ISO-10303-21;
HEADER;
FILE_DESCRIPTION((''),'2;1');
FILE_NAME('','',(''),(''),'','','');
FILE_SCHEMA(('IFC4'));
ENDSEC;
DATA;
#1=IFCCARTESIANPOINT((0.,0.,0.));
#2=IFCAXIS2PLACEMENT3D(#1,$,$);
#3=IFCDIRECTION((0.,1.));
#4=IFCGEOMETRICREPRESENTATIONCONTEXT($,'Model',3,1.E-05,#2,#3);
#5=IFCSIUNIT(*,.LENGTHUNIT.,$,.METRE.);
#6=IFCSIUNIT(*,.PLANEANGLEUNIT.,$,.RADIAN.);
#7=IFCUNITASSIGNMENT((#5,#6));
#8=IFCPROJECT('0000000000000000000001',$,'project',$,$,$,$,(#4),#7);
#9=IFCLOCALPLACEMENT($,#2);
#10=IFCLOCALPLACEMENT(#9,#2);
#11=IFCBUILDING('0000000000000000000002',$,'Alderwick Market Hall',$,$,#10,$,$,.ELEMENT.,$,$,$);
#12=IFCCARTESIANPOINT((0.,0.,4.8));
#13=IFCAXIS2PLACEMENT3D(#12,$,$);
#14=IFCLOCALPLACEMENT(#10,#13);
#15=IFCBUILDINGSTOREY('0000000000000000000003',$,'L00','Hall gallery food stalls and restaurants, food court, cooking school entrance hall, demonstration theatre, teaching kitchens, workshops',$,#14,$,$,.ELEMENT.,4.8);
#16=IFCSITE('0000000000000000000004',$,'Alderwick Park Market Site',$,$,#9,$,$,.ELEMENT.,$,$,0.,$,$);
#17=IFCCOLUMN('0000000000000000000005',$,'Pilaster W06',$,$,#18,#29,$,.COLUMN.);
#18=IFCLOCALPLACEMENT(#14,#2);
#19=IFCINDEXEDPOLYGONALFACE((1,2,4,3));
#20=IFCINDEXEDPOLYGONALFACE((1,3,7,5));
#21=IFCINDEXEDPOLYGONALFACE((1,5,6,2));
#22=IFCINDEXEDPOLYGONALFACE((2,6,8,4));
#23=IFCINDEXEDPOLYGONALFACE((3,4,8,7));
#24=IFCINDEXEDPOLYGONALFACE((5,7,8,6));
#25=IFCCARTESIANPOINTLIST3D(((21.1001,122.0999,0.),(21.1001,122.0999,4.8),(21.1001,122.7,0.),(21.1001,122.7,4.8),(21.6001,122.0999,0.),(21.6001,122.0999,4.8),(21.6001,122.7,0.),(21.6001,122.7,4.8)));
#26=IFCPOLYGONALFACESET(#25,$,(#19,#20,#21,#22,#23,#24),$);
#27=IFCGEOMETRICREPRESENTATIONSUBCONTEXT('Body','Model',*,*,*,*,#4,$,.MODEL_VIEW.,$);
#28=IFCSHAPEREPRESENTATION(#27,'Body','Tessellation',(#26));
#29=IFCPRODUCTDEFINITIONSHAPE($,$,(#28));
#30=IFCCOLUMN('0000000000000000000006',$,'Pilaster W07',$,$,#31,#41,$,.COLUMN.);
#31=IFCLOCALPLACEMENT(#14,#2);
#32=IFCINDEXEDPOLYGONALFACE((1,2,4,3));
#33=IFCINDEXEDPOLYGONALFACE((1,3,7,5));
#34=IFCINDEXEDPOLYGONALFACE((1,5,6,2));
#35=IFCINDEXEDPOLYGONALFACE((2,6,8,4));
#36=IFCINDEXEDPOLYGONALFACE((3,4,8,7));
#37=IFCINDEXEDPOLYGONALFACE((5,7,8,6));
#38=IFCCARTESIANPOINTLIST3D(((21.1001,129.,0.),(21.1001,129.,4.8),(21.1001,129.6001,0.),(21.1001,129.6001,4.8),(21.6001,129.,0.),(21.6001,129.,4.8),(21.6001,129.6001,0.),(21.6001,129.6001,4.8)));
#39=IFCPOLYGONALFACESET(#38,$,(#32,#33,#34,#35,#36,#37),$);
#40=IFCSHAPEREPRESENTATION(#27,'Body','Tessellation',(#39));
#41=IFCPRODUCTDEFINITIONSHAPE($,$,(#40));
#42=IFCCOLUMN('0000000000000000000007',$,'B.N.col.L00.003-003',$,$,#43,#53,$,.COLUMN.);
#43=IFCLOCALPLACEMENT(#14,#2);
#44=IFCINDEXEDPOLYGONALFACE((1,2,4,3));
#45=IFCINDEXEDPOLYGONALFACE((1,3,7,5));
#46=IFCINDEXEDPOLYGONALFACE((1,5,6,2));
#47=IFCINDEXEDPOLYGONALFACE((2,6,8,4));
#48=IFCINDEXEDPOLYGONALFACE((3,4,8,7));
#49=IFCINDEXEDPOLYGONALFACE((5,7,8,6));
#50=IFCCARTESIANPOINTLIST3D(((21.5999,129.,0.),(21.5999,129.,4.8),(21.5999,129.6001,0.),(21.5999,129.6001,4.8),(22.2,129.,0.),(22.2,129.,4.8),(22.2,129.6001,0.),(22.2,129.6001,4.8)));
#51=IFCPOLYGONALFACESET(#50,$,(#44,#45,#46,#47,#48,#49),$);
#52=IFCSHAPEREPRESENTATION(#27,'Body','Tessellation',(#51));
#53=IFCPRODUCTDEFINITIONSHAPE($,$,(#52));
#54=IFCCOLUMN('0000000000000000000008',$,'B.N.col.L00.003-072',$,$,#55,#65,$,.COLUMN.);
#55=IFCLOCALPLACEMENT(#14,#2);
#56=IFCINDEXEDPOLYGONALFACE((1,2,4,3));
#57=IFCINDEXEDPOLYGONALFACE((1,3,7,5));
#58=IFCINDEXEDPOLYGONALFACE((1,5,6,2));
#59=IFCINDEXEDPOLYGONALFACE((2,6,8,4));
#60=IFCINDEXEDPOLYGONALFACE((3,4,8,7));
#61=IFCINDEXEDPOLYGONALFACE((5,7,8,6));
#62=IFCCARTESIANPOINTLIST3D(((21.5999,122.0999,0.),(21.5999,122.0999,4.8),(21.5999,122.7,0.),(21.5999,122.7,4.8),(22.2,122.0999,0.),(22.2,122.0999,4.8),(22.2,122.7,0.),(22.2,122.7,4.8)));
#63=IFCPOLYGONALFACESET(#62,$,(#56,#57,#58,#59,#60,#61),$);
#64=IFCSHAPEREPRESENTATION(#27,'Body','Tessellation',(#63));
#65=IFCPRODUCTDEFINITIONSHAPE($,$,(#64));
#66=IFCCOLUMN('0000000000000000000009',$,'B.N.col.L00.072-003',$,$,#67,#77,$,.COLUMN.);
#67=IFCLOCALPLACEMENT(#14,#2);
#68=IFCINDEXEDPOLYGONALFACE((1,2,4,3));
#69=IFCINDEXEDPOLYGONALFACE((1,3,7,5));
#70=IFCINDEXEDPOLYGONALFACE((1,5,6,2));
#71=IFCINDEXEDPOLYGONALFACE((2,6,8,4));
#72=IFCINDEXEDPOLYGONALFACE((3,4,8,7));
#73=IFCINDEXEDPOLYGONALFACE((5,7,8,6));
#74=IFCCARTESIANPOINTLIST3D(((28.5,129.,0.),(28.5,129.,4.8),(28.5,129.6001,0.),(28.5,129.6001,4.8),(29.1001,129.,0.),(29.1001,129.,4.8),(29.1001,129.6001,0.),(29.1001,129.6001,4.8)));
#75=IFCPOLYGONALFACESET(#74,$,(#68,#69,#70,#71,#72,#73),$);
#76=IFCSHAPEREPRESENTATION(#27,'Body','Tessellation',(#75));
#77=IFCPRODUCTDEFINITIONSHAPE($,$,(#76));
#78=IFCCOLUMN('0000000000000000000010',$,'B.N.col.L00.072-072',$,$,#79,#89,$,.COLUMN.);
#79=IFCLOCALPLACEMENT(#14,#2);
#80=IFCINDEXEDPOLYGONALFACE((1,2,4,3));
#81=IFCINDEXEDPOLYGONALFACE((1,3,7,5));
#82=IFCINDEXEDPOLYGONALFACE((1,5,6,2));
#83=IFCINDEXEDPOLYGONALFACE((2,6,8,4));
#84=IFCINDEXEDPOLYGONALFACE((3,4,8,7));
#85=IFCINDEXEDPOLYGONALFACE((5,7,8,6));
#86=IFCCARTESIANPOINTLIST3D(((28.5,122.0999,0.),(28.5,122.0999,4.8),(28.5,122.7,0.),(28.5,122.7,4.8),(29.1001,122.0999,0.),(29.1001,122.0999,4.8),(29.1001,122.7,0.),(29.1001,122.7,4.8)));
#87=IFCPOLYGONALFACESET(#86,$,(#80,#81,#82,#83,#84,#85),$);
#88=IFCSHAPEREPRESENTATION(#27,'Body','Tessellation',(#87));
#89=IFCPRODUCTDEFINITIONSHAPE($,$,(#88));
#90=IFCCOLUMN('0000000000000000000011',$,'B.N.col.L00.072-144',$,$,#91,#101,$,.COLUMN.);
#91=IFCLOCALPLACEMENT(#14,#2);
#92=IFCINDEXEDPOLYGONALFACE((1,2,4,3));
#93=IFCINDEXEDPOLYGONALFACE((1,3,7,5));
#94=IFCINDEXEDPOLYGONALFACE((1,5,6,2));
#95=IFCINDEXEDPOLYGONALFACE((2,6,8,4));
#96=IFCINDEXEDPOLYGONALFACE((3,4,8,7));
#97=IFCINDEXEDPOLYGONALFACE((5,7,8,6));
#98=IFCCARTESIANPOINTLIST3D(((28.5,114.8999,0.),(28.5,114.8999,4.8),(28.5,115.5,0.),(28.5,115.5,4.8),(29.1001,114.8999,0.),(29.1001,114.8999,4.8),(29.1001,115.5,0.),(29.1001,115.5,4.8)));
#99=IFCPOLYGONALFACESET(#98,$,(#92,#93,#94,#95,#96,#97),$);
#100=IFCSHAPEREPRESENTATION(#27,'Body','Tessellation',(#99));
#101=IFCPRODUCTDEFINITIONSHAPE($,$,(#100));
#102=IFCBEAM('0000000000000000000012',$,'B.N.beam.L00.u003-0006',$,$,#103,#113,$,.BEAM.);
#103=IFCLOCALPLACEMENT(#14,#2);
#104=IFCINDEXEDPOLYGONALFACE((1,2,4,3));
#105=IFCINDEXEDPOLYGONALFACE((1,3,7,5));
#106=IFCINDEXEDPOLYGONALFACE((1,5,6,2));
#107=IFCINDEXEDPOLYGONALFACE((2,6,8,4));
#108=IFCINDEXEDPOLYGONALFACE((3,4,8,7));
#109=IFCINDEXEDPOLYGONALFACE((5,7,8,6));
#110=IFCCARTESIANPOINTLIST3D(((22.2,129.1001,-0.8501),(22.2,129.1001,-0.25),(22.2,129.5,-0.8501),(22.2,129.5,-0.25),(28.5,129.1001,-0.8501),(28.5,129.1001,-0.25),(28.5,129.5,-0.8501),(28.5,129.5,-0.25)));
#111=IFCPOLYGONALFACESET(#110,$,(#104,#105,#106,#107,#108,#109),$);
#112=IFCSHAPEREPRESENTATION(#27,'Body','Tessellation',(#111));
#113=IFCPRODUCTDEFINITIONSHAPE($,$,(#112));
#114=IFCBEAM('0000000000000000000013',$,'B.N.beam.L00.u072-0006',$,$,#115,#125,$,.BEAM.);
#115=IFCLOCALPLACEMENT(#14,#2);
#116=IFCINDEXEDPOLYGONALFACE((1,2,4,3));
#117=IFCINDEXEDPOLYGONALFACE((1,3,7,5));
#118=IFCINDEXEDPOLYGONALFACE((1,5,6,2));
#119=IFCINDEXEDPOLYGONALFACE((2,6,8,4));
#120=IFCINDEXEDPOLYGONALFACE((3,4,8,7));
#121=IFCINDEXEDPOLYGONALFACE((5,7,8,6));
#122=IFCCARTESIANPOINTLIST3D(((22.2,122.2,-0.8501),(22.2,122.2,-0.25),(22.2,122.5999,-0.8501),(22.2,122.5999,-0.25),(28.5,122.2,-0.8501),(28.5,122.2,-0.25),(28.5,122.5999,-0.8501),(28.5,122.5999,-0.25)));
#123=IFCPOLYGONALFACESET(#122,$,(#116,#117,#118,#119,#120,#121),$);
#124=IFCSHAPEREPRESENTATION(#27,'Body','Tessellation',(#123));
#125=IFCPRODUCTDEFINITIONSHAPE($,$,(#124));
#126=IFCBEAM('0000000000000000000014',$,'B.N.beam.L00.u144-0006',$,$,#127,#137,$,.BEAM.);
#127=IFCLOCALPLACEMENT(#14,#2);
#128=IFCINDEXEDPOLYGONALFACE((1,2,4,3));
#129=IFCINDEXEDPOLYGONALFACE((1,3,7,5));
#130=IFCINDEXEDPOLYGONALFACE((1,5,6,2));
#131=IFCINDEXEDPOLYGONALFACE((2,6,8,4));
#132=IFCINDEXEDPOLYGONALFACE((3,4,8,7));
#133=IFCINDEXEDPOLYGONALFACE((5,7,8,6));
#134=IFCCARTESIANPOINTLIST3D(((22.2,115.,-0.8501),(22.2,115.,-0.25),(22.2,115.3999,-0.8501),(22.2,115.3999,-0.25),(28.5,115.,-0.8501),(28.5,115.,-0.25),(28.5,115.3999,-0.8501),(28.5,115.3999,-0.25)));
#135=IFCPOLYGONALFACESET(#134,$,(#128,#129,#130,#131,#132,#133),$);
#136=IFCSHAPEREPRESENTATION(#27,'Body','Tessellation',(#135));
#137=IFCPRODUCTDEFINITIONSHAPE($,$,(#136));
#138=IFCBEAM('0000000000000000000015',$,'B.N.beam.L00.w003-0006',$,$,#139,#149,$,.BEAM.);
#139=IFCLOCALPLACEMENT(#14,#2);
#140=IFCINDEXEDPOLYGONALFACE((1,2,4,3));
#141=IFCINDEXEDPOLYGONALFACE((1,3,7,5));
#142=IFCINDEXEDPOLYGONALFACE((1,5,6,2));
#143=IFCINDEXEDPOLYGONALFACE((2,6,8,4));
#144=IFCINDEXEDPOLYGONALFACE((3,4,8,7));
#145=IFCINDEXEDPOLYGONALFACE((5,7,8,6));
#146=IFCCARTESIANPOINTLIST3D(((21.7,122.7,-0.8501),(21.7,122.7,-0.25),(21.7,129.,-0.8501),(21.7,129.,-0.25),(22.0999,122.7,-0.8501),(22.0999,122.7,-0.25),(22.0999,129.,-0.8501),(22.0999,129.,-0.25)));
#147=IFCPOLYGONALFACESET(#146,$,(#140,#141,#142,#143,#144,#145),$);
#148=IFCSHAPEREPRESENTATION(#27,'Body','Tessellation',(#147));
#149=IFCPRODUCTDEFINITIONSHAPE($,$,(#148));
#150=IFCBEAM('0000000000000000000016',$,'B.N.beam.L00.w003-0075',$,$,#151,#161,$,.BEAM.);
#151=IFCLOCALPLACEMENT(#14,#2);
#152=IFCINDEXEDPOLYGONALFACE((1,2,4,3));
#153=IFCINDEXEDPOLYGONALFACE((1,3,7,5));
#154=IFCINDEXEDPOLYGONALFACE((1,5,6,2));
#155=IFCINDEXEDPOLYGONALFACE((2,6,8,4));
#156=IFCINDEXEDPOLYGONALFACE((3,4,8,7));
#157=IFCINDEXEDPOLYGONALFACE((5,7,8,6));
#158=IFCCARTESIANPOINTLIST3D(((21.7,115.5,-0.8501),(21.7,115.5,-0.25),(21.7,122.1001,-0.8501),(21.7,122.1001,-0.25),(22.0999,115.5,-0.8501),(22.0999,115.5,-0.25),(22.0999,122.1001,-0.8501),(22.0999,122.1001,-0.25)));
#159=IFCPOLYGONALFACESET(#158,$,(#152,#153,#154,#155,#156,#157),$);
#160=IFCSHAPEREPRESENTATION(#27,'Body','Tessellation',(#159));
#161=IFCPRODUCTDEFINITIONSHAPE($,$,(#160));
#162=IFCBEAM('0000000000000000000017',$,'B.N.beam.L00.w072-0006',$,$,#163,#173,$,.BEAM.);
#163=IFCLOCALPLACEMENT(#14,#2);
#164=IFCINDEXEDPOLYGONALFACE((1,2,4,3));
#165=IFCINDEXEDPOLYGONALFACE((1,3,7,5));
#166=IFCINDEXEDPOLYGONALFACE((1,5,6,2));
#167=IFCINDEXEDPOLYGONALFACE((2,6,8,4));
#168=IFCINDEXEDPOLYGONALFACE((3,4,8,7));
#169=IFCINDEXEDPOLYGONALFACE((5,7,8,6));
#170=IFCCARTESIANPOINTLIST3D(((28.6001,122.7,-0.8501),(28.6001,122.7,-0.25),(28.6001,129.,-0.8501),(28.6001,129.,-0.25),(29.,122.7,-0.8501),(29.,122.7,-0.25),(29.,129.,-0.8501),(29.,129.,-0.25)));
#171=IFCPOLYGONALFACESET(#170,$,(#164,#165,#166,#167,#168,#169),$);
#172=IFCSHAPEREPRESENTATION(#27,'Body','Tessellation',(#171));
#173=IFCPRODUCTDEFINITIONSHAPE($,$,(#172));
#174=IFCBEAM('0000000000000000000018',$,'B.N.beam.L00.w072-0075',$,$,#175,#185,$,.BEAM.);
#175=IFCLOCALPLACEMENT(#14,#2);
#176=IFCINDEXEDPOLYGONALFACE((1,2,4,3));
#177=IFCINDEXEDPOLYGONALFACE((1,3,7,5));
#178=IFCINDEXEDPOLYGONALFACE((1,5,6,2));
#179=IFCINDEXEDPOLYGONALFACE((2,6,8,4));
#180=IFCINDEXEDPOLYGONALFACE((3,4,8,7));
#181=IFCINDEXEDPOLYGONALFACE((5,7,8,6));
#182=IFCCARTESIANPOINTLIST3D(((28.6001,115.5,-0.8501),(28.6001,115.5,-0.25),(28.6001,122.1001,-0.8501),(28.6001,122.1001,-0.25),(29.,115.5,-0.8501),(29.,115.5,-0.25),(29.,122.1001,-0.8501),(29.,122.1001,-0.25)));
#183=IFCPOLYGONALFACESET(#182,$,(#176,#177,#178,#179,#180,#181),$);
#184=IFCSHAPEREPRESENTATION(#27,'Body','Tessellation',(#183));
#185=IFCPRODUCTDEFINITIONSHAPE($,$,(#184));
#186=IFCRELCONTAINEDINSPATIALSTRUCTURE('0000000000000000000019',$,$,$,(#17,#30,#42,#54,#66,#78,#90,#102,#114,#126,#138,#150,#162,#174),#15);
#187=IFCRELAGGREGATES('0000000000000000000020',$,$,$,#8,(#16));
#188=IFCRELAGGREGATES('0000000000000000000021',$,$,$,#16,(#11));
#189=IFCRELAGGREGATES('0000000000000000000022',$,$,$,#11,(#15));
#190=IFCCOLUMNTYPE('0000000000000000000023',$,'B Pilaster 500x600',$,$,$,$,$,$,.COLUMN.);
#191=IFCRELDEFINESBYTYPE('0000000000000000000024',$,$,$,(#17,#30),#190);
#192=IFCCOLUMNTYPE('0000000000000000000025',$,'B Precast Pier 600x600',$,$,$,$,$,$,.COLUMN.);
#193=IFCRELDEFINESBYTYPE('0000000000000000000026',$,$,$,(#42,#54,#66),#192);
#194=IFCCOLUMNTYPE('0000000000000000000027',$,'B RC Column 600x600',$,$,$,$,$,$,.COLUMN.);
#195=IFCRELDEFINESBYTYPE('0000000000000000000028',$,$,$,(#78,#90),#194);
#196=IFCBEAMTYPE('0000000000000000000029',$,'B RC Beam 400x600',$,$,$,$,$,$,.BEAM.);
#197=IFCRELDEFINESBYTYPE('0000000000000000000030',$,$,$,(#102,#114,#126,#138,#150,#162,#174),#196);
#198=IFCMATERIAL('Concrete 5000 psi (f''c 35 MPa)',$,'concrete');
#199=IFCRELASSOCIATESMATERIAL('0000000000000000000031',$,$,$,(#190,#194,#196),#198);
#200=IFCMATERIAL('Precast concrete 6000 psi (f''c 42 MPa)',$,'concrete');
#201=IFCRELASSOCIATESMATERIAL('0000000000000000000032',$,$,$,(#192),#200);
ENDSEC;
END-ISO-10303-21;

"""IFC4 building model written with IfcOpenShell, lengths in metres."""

from ifc_helpers import new_model, si_unit, direction, frame, origin, origin_2d, place, context, subcontext, project, spatial, rectangle, extrude, material, material_profile, profile_set, type_object, element, save


model = new_model("IFC4")

# Units and contexts
model_context = context("Model", 3, precision=1e-05, world=origin(), true_north=direction((0.0, 1.0)))
body_context = subcontext(model_context, "Body", "Model", "MODEL_VIEW")
ifc_project = project(units=[si_unit("LENGTHUNIT", "METRE"), si_unit("PLANEANGLEUNIT", "RADIAN")], contexts=[model_context])

# Site, building, storey
site_placement = place(None, origin())
site = spatial("IfcSite", under=ifc_project, at=site_placement, Name="Alderwick Park Market Site", CompositionType="ELEMENT", RefElevation=0.0)
building_placement = place(site_placement, origin())
building = spatial("IfcBuilding", under=site, at=building_placement, Name="Alderwick Market Hall", CompositionType="ELEMENT")
storey_placement = place(building_placement, frame((0.0, 0.0, 4.8)))
storey = spatial("IfcBuildingStorey", under=building, at=storey_placement, Name="L00", Description="Hall gallery food stalls and restaurants, food court, cooking school entrance hall, demonstration theatre, teaching kitchens, workshops", CompositionType="ELEMENT", Elevation=4.8)

# Columns
ifc_material_1 = material(Name="Concrete 5000 psi (f'c 35 MPa)", Category="concrete")
ifc_material_profile_1 = material_profile(ifc_material_1, rectangle(XDim=0.5, YDim=0.6001, at=origin_2d()), Name="B Pilaster 500x600")
ifc_profile_set_1 = profile_set([ifc_material_profile_1], Name="Concrete 5000 psi (f'c 35 MPa)")
column_type_1 = type_object("IfcColumnType", Name="B Pilaster 500x600", PredefinedType="COLUMN", material=ifc_profile_set_1)
for number, where, z_axis, x_axis, name in (
    (1, (21.3501, 122.3999, 0.0), (0.0, 0.0, 1.0), (1.0, 0.0, 0.0), "Pilaster W06"),
    (2, (21.3501, 129.3, 0.0), (0.0, 0.0, 1.0), (1.0, 0.0, 0.0), "Pilaster W07"),
):
    element("IfcColumn", number, at=place(storey_placement, frame(where, z_axis=z_axis, x_axis=x_axis)), inside=storey, type_object=column_type_1, Name=name, PredefinedType="COLUMN", context=body_context, shape_type="SweptSolid", body=[
        extrude(rectangle(XDim=0.5, YDim=0.6001, at=origin_2d()), origin(), (0.0, 0.0, 1.0), 4.8),
    ])
ifc_material_2 = material(Name="Precast concrete 6000 psi (f'c 42 MPa)", Category="concrete")
ifc_material_profile_2 = material_profile(ifc_material_2, rectangle(XDim=0.6001, YDim=0.6001, at=origin_2d()), Name="B Precast Pier 600x600")
ifc_profile_set_2 = profile_set([ifc_material_profile_2], Name="Precast concrete 6000 psi (f'c 42 MPa)")
column_type_2 = type_object("IfcColumnType", Name="B Precast Pier 600x600", PredefinedType="COLUMN", material=ifc_profile_set_2)
for number, where, z_axis, x_axis, name in (
    (3, (21.8999, 129.3, 0.0), (0.0, 0.0, 1.0), (1.0, 0.0, 0.0), "B.N.col.L00.003-003"),
    (4, (21.8999, 122.3999, 0.0), (0.0, 0.0, 1.0), (1.0, 0.0, 0.0), "B.N.col.L00.003-072"),
    (5, (28.8, 129.3, 0.0), (0.0, 0.0, 1.0), (1.0, 0.0, 0.0), "B.N.col.L00.072-003"),
):
    element("IfcColumn", number, at=place(storey_placement, frame(where, z_axis=z_axis, x_axis=x_axis)), inside=storey, type_object=column_type_2, Name=name, PredefinedType="COLUMN", context=body_context, shape_type="SweptSolid", body=[
        extrude(rectangle(XDim=0.6001, YDim=0.6001, at=origin_2d()), origin(), (0.0, 0.0, 1.0), 4.8),
    ])
ifc_material_profile_3 = material_profile(ifc_material_1, rectangle(XDim=0.6001, YDim=0.6001, at=origin_2d()), Name="B RC Column 600x600")
ifc_profile_set_3 = profile_set([ifc_material_profile_3], Name="Concrete 5000 psi (f'c 35 MPa)")
column_type_3 = type_object("IfcColumnType", Name="B RC Column 600x600", PredefinedType="COLUMN", material=ifc_profile_set_3)
for number, where, z_axis, x_axis, name in (
    (6, (28.8, 122.3999, 0.0), (0.0, 0.0, 1.0), (1.0, 0.0, 0.0), "B.N.col.L00.072-072"),
    (7, (28.8, 115.2, 0.0), (0.0, 0.0, 1.0), (1.0, 0.0, 0.0), "B.N.col.L00.072-144"),
):
    element("IfcColumn", number, at=place(storey_placement, frame(where, z_axis=z_axis, x_axis=x_axis)), inside=storey, type_object=column_type_3, Name=name, PredefinedType="COLUMN", context=body_context, shape_type="SweptSolid", body=[
        extrude(rectangle(XDim=0.6001, YDim=0.6001, at=origin_2d()), origin(), (0.0, 0.0, 1.0), 4.8),
    ])

# Beams
ifc_material_profile_4 = material_profile(ifc_material_1, rectangle(XDim=0.3999, YDim=0.6001, at=origin_2d()), Name="B RC Beam 400x600")
ifc_profile_set_4 = profile_set([ifc_material_profile_4], Name="Concrete 5000 psi (f'c 35 MPa)")
beam_type = type_object("IfcBeamType", Name="B RC Beam 400x600", PredefinedType="BEAM", material=ifc_profile_set_4)
for number, where, z_axis, x_axis, name in (
    (8, (22.2, 129.3, -0.55), (1.0, 0.0, 0.0), (0.0, 1.0, 0.0), "B.N.beam.L00.u003-0006"),
    (9, (22.2, 122.3999, -0.55), (1.0, 0.0, 0.0), (0.0, 1.0, 0.0), "B.N.beam.L00.u072-0006"),
    (10, (22.2, 115.2, -0.55), (1.0, 0.0, 0.0), (0.0, 1.0, 0.0), "B.N.beam.L00.u144-0006"),
    (11, (21.8999, 129.0, -0.55), (0.0, -1.0, 0.0), (1.0, 0.0, 0.0), "B.N.beam.L00.w003-0006"),
):
    element("IfcBeam", number, at=place(storey_placement, frame(where, z_axis=z_axis, x_axis=x_axis)), inside=storey, type_object=beam_type, Name=name, PredefinedType="BEAM", context=body_context, shape_type="SweptSolid", body=[
        extrude(rectangle(XDim=0.3999, YDim=0.6001, at=origin_2d()), origin(), (0.0, 0.0, 1.0), 6.3),
    ])
beam_1_placement = place(storey_placement, frame((21.8999, 122.1001, -0.55), z_axis=(0.0, -1.0, 0.0), x_axis=(1.0, 0.0, 0.0)))
element("IfcBeam", 12, at=beam_1_placement, inside=storey, type_object=beam_type, Name="B.N.beam.L00.w003-0075", PredefinedType="BEAM", context=body_context, shape_type="SweptSolid", body=[
    extrude(rectangle(XDim=0.3999, YDim=0.6001, at=origin_2d()), origin(), (0.0, 0.0, 1.0), 6.6001),
])
beam_2_placement = place(storey_placement, frame((28.8, 129.0, -0.55), z_axis=(0.0, -1.0, 0.0), x_axis=(1.0, 0.0, 0.0)))
element("IfcBeam", 13, at=beam_2_placement, inside=storey, type_object=beam_type, Name="B.N.beam.L00.w072-0006", PredefinedType="BEAM", context=body_context, shape_type="SweptSolid", body=[
    extrude(rectangle(XDim=0.3999, YDim=0.6001, at=origin_2d()), origin(), (0.0, 0.0, 1.0), 6.3),
])
beam_3_placement = place(storey_placement, frame((28.8, 122.1001, -0.55), z_axis=(0.0, -1.0, 0.0), x_axis=(1.0, 0.0, 0.0)))
element("IfcBeam", 14, at=beam_3_placement, inside=storey, type_object=beam_type, Name="B.N.beam.L00.w072-0075", PredefinedType="BEAM", context=body_context, shape_type="SweptSolid", body=[
    extrude(rectangle(XDim=0.3999, YDim=0.6001, at=origin_2d()), origin(), (0.0, 0.0, 1.0), 6.6001),
])

save(model, "model.ifc")
